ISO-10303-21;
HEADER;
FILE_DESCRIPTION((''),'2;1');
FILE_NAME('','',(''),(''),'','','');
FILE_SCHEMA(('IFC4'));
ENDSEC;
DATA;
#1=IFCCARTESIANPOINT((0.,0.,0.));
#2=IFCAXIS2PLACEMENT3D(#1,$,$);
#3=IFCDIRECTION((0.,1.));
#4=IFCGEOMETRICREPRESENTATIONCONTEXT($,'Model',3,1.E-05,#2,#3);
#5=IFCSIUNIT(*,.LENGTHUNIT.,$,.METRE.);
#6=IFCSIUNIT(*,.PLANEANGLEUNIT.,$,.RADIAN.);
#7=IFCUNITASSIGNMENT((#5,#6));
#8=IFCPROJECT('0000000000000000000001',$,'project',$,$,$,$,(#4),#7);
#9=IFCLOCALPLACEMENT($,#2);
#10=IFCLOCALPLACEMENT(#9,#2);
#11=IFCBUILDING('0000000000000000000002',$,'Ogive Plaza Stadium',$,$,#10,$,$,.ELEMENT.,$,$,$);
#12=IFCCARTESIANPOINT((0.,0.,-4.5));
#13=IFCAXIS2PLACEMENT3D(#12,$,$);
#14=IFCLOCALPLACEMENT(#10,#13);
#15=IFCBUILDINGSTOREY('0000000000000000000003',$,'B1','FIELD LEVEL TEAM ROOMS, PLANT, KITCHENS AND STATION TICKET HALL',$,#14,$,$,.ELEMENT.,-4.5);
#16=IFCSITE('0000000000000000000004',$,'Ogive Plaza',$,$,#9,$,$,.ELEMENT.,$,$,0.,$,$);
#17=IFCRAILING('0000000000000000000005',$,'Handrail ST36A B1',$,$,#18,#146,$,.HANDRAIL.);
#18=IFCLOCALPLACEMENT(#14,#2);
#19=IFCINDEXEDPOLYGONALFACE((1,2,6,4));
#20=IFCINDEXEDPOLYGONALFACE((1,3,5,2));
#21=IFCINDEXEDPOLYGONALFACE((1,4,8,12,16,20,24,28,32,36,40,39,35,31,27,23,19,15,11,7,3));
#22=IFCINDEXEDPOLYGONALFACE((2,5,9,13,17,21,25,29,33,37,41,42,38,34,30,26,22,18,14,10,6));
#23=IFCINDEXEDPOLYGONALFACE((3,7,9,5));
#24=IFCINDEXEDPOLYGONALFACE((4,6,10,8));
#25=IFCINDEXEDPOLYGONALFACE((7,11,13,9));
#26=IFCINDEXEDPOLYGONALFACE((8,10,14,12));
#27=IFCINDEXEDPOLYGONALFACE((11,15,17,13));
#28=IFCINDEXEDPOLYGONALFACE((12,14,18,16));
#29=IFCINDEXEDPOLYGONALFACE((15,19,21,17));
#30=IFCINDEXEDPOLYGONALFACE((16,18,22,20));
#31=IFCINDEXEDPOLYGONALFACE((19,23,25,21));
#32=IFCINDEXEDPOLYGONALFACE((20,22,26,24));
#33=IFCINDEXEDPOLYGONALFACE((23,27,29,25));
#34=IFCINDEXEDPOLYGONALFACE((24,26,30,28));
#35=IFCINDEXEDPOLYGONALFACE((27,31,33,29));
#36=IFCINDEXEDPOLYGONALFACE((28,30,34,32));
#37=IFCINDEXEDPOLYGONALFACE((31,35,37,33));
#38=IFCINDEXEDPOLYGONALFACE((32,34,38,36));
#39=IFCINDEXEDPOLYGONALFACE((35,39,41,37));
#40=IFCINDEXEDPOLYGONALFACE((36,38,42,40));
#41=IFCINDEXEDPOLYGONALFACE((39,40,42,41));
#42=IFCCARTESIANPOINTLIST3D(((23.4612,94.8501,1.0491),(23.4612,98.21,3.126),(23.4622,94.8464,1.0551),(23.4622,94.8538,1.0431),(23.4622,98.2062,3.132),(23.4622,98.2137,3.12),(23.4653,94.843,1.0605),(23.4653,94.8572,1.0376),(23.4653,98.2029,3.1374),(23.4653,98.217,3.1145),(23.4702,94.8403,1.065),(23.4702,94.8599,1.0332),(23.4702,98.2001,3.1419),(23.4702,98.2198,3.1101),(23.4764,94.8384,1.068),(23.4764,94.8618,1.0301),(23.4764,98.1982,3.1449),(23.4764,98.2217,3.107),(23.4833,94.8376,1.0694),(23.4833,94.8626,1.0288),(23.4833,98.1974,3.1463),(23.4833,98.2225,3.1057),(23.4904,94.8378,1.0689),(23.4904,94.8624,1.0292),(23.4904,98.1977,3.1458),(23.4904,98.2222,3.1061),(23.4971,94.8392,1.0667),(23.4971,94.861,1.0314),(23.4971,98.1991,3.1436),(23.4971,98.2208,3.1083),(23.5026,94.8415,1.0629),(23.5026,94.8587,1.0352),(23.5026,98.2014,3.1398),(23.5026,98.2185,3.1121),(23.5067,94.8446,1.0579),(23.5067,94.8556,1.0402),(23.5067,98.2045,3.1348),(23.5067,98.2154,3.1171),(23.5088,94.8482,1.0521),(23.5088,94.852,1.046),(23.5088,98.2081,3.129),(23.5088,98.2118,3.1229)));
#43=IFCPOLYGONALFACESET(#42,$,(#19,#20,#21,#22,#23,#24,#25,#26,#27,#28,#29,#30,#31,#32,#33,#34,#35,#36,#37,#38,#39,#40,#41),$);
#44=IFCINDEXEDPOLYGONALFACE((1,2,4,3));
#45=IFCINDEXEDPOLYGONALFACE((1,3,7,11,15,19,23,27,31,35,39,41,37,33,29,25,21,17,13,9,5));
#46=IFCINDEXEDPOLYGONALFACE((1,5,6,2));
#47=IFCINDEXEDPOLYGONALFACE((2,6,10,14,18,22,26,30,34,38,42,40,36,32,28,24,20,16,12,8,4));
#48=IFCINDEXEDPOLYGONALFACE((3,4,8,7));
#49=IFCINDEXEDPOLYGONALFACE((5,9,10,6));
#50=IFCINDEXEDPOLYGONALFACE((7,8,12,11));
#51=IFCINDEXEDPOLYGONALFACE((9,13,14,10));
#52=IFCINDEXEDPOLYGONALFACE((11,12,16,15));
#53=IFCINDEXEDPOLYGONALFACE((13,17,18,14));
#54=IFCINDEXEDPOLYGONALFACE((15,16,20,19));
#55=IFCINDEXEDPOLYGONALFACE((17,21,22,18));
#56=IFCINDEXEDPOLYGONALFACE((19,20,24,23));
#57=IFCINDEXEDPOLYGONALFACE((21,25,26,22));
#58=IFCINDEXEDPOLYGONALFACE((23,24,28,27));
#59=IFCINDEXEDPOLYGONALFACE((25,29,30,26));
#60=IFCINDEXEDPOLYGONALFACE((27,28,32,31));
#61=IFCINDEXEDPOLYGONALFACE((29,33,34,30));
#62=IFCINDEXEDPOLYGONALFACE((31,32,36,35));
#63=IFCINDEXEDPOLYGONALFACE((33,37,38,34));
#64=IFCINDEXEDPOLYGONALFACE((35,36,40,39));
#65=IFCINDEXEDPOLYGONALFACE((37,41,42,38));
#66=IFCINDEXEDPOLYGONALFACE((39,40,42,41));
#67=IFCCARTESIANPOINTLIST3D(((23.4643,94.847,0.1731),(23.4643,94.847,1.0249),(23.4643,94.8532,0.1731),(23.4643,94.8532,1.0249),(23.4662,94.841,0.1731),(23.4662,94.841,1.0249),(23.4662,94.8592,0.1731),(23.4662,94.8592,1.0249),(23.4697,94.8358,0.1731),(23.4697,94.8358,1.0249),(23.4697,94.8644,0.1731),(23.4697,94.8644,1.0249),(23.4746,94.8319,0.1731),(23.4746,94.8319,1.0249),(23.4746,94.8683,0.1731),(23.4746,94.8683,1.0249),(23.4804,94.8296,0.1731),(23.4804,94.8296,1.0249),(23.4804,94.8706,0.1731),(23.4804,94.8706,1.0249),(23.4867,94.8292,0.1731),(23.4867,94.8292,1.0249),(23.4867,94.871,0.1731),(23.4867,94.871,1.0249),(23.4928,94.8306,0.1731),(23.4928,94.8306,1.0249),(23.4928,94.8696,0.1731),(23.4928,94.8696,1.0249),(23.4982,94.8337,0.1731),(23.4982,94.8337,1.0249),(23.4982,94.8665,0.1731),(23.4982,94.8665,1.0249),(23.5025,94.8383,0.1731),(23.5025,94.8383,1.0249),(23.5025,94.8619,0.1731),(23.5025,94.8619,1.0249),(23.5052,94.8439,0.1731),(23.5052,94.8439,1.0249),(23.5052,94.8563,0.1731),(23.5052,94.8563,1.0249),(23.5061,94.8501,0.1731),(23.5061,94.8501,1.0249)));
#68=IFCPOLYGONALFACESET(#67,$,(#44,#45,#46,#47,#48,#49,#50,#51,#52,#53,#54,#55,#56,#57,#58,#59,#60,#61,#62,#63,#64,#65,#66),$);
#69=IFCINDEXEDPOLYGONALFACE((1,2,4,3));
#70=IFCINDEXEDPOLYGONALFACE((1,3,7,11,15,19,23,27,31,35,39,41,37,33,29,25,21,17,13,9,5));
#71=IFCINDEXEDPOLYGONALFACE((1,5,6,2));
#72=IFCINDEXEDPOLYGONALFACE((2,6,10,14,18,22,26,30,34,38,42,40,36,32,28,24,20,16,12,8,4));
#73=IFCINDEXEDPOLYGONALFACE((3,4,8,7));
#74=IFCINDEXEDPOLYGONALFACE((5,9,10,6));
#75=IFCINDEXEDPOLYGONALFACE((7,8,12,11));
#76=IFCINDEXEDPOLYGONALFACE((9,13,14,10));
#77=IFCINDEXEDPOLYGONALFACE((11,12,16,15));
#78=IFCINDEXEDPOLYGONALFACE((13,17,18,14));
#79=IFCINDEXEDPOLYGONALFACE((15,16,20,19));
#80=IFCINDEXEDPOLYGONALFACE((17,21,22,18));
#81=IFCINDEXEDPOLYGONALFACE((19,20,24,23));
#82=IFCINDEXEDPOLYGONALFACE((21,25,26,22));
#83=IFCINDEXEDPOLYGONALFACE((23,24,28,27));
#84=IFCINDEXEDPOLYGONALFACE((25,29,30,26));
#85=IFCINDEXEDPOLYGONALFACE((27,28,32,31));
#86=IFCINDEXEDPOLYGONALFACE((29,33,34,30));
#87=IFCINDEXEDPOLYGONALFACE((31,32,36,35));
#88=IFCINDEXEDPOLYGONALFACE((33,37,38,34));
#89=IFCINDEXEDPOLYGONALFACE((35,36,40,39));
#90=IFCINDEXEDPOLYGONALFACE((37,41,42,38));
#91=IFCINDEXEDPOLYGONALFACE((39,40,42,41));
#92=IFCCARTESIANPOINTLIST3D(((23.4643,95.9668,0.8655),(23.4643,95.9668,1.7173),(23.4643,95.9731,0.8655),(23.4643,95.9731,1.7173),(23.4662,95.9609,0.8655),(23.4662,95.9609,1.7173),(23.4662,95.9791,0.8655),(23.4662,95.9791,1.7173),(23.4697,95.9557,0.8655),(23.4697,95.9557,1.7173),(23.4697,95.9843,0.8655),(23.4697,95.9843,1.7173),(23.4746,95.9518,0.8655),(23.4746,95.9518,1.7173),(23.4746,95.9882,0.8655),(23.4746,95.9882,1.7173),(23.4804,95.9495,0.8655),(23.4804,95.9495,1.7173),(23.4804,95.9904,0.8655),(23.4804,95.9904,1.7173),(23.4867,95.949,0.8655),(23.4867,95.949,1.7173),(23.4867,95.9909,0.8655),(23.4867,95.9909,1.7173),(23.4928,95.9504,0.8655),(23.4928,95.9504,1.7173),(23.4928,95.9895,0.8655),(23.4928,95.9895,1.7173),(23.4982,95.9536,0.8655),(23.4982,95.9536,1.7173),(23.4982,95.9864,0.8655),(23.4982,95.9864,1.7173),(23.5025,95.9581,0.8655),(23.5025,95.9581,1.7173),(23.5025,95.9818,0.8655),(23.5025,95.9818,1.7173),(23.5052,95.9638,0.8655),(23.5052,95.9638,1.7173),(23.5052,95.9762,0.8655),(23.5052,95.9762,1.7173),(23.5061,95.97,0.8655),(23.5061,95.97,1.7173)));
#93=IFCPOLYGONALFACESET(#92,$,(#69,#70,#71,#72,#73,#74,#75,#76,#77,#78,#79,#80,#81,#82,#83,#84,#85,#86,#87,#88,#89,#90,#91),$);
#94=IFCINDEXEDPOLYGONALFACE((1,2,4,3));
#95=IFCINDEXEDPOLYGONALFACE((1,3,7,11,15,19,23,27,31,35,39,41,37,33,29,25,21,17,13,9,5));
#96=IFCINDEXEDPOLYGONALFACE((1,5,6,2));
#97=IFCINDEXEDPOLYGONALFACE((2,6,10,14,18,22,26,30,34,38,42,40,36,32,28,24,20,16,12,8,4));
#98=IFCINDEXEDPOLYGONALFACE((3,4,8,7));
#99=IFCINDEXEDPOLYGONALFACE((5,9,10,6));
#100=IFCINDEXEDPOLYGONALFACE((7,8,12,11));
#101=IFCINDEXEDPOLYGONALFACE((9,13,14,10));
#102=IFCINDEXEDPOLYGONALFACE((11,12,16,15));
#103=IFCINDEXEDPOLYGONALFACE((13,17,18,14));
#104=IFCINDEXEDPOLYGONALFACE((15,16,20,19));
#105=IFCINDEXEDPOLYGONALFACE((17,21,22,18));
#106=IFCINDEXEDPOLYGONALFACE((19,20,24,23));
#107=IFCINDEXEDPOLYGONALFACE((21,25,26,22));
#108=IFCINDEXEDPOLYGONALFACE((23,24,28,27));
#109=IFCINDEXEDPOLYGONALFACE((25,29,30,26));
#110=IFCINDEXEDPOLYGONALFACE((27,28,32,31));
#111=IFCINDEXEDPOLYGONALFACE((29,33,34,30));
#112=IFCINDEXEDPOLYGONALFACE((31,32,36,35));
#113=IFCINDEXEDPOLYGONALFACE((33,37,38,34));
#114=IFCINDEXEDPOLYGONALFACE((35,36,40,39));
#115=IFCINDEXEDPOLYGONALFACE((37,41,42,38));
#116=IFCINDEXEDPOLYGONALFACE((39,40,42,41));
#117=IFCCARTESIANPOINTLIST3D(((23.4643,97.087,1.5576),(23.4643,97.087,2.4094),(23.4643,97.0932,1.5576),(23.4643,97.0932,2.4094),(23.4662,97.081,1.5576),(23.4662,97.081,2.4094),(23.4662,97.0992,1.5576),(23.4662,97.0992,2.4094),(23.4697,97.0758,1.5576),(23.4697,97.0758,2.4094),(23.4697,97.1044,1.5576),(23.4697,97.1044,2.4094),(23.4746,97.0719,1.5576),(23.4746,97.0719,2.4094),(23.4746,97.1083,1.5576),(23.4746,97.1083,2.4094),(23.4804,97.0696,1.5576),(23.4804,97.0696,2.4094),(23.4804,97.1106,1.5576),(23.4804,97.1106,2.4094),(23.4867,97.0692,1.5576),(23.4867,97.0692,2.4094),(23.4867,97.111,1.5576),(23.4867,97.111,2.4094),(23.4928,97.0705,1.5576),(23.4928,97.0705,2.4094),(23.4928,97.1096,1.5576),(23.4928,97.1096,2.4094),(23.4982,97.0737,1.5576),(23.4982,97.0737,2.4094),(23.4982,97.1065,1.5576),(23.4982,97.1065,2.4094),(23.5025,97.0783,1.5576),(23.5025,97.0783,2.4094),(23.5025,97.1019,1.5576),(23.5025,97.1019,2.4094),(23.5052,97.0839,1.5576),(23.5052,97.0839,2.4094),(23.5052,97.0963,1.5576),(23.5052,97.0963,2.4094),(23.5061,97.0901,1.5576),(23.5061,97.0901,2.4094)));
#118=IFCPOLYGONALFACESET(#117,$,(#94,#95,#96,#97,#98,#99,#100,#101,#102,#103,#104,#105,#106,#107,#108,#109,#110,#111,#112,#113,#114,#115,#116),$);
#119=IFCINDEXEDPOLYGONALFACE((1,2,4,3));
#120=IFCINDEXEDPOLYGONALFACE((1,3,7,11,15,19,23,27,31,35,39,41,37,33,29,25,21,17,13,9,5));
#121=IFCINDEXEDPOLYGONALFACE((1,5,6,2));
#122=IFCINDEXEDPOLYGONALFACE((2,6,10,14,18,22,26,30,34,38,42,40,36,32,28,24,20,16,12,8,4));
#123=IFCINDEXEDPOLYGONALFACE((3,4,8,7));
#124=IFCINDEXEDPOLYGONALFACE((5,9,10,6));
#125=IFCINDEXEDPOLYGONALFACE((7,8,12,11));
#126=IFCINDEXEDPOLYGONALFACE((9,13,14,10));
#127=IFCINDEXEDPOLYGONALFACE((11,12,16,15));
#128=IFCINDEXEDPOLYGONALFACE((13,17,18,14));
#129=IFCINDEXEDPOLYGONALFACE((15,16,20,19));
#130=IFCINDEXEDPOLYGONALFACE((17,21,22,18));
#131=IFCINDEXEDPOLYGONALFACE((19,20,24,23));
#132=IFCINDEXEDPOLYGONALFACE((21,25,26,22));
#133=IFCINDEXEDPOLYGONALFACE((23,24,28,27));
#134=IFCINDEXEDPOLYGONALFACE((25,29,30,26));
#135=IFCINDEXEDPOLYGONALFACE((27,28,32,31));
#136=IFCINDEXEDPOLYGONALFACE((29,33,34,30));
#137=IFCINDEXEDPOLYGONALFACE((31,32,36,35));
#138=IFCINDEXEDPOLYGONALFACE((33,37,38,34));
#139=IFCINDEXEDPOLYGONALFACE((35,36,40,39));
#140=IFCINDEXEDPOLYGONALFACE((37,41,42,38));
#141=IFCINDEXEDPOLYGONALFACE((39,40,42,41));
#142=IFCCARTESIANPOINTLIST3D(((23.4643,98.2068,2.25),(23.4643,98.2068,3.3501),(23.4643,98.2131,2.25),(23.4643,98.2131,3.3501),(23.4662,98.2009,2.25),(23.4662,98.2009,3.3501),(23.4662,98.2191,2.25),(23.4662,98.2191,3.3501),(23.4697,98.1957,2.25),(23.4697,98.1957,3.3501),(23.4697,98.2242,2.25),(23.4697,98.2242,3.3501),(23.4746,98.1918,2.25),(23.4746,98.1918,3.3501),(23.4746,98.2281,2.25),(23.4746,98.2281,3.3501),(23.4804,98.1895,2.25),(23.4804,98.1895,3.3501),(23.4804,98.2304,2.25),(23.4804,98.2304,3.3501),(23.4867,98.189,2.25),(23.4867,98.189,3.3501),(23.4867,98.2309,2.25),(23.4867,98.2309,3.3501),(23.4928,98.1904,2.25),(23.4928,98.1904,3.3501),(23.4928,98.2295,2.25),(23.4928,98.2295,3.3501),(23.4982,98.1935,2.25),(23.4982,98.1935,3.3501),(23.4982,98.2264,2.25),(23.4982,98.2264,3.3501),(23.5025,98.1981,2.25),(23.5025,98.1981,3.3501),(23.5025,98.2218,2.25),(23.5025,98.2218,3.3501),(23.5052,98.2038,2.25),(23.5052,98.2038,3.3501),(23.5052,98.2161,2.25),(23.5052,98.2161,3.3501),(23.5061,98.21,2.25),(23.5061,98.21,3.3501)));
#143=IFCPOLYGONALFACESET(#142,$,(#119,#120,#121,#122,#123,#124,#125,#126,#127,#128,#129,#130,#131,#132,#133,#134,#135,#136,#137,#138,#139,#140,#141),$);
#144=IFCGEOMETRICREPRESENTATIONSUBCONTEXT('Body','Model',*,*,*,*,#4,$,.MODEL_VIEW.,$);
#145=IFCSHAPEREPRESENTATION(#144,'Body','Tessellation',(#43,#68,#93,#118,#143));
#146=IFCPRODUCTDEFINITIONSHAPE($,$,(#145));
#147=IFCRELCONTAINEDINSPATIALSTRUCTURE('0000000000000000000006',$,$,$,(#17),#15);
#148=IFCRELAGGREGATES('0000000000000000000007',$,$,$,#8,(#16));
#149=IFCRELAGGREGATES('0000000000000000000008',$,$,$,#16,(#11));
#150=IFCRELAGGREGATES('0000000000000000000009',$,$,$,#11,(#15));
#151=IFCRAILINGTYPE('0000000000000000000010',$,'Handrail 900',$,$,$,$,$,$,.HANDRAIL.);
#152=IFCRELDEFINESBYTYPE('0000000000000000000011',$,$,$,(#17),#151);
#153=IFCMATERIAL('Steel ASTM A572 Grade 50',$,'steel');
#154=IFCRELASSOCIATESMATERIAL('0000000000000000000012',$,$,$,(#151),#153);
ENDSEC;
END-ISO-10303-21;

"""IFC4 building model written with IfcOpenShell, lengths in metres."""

from ifc_helpers import new_model, si_unit, direction, frame, origin, origin_2d, place, context, subcontext, project, spatial, circle, extrude, material, type_object, element, save


model = new_model("IFC4")

# Units and contexts
model_context = context("Model", 3, precision=1e-05, world=origin(), true_north=direction((0.0, 1.0)))
body_context = subcontext(model_context, "Body", "Model", "MODEL_VIEW")
ifc_project = project(units=[si_unit("LENGTHUNIT", "METRE"), si_unit("PLANEANGLEUNIT", "RADIAN")], contexts=[model_context])

# Site, building, storey
site_placement = place(None, origin())
site = spatial("IfcSite", under=ifc_project, at=site_placement, Name="Ogive Plaza", CompositionType="ELEMENT", RefElevation=0.0)
building_placement = place(site_placement, origin())
building = spatial("IfcBuilding", under=site, at=building_placement, Name="Ogive Plaza Stadium", CompositionType="ELEMENT")
storey_placement = place(building_placement, frame((0.0, 0.0, -4.5)))
storey = spatial("IfcBuildingStorey", under=building, at=storey_placement, Name="B1", Description="FIELD LEVEL TEAM ROOMS, PLANT, KITCHENS AND STATION TICKET HALL", CompositionType="ELEMENT", Elevation=-4.5)

# Railing
ifc_material_1 = material(Name="Steel ASTM A572 Grade 50", Category="steel")
railing_type_1 = type_object("IfcRailingType", Name="Handrail 900", PredefinedType="HANDRAIL", material=ifc_material_1)
for number, where, name in (
    (1, (23.4851, 94.8501, 0.1731), "Handrail ST36A B1"),
):
    element("IfcRailing", number, at=place(storey_placement, frame(where)), inside=storey, type_object=railing_type_1, Name=name, PredefinedType="HANDRAIL", context=body_context, shape_type="SweptSolid", body=[
        extrude(circle(Radius=0.0239, at=origin_2d()), frame((0.0, 0.0, 0.876), z_axis=(0.0, 0.850606, 0.525803), x_axis=(-1.0, 0.0, 0.0)), (0.0, 0.0, 1.0), 3.95),
        extrude(circle(Radius=0.021, at=origin_2d()), origin(), (0.0, 0.0, 1.0), 0.8518),
        extrude(circle(Radius=0.021, at=origin_2d()), frame((0.0, 1.1199, 0.6924)), (0.0, 0.0, 1.0), 0.8518),
        extrude(circle(Radius=0.021, at=origin_2d()), frame((0.0, 2.24, 1.3845)), (0.0, 0.0, 1.0), 0.8518),
        extrude(circle(Radius=0.021, at=origin_2d()), frame((0.0, 3.3599, 2.0769)), (0.0, 0.0, 1.0), 1.1001),
    ])

save(model, "model.ifc")
